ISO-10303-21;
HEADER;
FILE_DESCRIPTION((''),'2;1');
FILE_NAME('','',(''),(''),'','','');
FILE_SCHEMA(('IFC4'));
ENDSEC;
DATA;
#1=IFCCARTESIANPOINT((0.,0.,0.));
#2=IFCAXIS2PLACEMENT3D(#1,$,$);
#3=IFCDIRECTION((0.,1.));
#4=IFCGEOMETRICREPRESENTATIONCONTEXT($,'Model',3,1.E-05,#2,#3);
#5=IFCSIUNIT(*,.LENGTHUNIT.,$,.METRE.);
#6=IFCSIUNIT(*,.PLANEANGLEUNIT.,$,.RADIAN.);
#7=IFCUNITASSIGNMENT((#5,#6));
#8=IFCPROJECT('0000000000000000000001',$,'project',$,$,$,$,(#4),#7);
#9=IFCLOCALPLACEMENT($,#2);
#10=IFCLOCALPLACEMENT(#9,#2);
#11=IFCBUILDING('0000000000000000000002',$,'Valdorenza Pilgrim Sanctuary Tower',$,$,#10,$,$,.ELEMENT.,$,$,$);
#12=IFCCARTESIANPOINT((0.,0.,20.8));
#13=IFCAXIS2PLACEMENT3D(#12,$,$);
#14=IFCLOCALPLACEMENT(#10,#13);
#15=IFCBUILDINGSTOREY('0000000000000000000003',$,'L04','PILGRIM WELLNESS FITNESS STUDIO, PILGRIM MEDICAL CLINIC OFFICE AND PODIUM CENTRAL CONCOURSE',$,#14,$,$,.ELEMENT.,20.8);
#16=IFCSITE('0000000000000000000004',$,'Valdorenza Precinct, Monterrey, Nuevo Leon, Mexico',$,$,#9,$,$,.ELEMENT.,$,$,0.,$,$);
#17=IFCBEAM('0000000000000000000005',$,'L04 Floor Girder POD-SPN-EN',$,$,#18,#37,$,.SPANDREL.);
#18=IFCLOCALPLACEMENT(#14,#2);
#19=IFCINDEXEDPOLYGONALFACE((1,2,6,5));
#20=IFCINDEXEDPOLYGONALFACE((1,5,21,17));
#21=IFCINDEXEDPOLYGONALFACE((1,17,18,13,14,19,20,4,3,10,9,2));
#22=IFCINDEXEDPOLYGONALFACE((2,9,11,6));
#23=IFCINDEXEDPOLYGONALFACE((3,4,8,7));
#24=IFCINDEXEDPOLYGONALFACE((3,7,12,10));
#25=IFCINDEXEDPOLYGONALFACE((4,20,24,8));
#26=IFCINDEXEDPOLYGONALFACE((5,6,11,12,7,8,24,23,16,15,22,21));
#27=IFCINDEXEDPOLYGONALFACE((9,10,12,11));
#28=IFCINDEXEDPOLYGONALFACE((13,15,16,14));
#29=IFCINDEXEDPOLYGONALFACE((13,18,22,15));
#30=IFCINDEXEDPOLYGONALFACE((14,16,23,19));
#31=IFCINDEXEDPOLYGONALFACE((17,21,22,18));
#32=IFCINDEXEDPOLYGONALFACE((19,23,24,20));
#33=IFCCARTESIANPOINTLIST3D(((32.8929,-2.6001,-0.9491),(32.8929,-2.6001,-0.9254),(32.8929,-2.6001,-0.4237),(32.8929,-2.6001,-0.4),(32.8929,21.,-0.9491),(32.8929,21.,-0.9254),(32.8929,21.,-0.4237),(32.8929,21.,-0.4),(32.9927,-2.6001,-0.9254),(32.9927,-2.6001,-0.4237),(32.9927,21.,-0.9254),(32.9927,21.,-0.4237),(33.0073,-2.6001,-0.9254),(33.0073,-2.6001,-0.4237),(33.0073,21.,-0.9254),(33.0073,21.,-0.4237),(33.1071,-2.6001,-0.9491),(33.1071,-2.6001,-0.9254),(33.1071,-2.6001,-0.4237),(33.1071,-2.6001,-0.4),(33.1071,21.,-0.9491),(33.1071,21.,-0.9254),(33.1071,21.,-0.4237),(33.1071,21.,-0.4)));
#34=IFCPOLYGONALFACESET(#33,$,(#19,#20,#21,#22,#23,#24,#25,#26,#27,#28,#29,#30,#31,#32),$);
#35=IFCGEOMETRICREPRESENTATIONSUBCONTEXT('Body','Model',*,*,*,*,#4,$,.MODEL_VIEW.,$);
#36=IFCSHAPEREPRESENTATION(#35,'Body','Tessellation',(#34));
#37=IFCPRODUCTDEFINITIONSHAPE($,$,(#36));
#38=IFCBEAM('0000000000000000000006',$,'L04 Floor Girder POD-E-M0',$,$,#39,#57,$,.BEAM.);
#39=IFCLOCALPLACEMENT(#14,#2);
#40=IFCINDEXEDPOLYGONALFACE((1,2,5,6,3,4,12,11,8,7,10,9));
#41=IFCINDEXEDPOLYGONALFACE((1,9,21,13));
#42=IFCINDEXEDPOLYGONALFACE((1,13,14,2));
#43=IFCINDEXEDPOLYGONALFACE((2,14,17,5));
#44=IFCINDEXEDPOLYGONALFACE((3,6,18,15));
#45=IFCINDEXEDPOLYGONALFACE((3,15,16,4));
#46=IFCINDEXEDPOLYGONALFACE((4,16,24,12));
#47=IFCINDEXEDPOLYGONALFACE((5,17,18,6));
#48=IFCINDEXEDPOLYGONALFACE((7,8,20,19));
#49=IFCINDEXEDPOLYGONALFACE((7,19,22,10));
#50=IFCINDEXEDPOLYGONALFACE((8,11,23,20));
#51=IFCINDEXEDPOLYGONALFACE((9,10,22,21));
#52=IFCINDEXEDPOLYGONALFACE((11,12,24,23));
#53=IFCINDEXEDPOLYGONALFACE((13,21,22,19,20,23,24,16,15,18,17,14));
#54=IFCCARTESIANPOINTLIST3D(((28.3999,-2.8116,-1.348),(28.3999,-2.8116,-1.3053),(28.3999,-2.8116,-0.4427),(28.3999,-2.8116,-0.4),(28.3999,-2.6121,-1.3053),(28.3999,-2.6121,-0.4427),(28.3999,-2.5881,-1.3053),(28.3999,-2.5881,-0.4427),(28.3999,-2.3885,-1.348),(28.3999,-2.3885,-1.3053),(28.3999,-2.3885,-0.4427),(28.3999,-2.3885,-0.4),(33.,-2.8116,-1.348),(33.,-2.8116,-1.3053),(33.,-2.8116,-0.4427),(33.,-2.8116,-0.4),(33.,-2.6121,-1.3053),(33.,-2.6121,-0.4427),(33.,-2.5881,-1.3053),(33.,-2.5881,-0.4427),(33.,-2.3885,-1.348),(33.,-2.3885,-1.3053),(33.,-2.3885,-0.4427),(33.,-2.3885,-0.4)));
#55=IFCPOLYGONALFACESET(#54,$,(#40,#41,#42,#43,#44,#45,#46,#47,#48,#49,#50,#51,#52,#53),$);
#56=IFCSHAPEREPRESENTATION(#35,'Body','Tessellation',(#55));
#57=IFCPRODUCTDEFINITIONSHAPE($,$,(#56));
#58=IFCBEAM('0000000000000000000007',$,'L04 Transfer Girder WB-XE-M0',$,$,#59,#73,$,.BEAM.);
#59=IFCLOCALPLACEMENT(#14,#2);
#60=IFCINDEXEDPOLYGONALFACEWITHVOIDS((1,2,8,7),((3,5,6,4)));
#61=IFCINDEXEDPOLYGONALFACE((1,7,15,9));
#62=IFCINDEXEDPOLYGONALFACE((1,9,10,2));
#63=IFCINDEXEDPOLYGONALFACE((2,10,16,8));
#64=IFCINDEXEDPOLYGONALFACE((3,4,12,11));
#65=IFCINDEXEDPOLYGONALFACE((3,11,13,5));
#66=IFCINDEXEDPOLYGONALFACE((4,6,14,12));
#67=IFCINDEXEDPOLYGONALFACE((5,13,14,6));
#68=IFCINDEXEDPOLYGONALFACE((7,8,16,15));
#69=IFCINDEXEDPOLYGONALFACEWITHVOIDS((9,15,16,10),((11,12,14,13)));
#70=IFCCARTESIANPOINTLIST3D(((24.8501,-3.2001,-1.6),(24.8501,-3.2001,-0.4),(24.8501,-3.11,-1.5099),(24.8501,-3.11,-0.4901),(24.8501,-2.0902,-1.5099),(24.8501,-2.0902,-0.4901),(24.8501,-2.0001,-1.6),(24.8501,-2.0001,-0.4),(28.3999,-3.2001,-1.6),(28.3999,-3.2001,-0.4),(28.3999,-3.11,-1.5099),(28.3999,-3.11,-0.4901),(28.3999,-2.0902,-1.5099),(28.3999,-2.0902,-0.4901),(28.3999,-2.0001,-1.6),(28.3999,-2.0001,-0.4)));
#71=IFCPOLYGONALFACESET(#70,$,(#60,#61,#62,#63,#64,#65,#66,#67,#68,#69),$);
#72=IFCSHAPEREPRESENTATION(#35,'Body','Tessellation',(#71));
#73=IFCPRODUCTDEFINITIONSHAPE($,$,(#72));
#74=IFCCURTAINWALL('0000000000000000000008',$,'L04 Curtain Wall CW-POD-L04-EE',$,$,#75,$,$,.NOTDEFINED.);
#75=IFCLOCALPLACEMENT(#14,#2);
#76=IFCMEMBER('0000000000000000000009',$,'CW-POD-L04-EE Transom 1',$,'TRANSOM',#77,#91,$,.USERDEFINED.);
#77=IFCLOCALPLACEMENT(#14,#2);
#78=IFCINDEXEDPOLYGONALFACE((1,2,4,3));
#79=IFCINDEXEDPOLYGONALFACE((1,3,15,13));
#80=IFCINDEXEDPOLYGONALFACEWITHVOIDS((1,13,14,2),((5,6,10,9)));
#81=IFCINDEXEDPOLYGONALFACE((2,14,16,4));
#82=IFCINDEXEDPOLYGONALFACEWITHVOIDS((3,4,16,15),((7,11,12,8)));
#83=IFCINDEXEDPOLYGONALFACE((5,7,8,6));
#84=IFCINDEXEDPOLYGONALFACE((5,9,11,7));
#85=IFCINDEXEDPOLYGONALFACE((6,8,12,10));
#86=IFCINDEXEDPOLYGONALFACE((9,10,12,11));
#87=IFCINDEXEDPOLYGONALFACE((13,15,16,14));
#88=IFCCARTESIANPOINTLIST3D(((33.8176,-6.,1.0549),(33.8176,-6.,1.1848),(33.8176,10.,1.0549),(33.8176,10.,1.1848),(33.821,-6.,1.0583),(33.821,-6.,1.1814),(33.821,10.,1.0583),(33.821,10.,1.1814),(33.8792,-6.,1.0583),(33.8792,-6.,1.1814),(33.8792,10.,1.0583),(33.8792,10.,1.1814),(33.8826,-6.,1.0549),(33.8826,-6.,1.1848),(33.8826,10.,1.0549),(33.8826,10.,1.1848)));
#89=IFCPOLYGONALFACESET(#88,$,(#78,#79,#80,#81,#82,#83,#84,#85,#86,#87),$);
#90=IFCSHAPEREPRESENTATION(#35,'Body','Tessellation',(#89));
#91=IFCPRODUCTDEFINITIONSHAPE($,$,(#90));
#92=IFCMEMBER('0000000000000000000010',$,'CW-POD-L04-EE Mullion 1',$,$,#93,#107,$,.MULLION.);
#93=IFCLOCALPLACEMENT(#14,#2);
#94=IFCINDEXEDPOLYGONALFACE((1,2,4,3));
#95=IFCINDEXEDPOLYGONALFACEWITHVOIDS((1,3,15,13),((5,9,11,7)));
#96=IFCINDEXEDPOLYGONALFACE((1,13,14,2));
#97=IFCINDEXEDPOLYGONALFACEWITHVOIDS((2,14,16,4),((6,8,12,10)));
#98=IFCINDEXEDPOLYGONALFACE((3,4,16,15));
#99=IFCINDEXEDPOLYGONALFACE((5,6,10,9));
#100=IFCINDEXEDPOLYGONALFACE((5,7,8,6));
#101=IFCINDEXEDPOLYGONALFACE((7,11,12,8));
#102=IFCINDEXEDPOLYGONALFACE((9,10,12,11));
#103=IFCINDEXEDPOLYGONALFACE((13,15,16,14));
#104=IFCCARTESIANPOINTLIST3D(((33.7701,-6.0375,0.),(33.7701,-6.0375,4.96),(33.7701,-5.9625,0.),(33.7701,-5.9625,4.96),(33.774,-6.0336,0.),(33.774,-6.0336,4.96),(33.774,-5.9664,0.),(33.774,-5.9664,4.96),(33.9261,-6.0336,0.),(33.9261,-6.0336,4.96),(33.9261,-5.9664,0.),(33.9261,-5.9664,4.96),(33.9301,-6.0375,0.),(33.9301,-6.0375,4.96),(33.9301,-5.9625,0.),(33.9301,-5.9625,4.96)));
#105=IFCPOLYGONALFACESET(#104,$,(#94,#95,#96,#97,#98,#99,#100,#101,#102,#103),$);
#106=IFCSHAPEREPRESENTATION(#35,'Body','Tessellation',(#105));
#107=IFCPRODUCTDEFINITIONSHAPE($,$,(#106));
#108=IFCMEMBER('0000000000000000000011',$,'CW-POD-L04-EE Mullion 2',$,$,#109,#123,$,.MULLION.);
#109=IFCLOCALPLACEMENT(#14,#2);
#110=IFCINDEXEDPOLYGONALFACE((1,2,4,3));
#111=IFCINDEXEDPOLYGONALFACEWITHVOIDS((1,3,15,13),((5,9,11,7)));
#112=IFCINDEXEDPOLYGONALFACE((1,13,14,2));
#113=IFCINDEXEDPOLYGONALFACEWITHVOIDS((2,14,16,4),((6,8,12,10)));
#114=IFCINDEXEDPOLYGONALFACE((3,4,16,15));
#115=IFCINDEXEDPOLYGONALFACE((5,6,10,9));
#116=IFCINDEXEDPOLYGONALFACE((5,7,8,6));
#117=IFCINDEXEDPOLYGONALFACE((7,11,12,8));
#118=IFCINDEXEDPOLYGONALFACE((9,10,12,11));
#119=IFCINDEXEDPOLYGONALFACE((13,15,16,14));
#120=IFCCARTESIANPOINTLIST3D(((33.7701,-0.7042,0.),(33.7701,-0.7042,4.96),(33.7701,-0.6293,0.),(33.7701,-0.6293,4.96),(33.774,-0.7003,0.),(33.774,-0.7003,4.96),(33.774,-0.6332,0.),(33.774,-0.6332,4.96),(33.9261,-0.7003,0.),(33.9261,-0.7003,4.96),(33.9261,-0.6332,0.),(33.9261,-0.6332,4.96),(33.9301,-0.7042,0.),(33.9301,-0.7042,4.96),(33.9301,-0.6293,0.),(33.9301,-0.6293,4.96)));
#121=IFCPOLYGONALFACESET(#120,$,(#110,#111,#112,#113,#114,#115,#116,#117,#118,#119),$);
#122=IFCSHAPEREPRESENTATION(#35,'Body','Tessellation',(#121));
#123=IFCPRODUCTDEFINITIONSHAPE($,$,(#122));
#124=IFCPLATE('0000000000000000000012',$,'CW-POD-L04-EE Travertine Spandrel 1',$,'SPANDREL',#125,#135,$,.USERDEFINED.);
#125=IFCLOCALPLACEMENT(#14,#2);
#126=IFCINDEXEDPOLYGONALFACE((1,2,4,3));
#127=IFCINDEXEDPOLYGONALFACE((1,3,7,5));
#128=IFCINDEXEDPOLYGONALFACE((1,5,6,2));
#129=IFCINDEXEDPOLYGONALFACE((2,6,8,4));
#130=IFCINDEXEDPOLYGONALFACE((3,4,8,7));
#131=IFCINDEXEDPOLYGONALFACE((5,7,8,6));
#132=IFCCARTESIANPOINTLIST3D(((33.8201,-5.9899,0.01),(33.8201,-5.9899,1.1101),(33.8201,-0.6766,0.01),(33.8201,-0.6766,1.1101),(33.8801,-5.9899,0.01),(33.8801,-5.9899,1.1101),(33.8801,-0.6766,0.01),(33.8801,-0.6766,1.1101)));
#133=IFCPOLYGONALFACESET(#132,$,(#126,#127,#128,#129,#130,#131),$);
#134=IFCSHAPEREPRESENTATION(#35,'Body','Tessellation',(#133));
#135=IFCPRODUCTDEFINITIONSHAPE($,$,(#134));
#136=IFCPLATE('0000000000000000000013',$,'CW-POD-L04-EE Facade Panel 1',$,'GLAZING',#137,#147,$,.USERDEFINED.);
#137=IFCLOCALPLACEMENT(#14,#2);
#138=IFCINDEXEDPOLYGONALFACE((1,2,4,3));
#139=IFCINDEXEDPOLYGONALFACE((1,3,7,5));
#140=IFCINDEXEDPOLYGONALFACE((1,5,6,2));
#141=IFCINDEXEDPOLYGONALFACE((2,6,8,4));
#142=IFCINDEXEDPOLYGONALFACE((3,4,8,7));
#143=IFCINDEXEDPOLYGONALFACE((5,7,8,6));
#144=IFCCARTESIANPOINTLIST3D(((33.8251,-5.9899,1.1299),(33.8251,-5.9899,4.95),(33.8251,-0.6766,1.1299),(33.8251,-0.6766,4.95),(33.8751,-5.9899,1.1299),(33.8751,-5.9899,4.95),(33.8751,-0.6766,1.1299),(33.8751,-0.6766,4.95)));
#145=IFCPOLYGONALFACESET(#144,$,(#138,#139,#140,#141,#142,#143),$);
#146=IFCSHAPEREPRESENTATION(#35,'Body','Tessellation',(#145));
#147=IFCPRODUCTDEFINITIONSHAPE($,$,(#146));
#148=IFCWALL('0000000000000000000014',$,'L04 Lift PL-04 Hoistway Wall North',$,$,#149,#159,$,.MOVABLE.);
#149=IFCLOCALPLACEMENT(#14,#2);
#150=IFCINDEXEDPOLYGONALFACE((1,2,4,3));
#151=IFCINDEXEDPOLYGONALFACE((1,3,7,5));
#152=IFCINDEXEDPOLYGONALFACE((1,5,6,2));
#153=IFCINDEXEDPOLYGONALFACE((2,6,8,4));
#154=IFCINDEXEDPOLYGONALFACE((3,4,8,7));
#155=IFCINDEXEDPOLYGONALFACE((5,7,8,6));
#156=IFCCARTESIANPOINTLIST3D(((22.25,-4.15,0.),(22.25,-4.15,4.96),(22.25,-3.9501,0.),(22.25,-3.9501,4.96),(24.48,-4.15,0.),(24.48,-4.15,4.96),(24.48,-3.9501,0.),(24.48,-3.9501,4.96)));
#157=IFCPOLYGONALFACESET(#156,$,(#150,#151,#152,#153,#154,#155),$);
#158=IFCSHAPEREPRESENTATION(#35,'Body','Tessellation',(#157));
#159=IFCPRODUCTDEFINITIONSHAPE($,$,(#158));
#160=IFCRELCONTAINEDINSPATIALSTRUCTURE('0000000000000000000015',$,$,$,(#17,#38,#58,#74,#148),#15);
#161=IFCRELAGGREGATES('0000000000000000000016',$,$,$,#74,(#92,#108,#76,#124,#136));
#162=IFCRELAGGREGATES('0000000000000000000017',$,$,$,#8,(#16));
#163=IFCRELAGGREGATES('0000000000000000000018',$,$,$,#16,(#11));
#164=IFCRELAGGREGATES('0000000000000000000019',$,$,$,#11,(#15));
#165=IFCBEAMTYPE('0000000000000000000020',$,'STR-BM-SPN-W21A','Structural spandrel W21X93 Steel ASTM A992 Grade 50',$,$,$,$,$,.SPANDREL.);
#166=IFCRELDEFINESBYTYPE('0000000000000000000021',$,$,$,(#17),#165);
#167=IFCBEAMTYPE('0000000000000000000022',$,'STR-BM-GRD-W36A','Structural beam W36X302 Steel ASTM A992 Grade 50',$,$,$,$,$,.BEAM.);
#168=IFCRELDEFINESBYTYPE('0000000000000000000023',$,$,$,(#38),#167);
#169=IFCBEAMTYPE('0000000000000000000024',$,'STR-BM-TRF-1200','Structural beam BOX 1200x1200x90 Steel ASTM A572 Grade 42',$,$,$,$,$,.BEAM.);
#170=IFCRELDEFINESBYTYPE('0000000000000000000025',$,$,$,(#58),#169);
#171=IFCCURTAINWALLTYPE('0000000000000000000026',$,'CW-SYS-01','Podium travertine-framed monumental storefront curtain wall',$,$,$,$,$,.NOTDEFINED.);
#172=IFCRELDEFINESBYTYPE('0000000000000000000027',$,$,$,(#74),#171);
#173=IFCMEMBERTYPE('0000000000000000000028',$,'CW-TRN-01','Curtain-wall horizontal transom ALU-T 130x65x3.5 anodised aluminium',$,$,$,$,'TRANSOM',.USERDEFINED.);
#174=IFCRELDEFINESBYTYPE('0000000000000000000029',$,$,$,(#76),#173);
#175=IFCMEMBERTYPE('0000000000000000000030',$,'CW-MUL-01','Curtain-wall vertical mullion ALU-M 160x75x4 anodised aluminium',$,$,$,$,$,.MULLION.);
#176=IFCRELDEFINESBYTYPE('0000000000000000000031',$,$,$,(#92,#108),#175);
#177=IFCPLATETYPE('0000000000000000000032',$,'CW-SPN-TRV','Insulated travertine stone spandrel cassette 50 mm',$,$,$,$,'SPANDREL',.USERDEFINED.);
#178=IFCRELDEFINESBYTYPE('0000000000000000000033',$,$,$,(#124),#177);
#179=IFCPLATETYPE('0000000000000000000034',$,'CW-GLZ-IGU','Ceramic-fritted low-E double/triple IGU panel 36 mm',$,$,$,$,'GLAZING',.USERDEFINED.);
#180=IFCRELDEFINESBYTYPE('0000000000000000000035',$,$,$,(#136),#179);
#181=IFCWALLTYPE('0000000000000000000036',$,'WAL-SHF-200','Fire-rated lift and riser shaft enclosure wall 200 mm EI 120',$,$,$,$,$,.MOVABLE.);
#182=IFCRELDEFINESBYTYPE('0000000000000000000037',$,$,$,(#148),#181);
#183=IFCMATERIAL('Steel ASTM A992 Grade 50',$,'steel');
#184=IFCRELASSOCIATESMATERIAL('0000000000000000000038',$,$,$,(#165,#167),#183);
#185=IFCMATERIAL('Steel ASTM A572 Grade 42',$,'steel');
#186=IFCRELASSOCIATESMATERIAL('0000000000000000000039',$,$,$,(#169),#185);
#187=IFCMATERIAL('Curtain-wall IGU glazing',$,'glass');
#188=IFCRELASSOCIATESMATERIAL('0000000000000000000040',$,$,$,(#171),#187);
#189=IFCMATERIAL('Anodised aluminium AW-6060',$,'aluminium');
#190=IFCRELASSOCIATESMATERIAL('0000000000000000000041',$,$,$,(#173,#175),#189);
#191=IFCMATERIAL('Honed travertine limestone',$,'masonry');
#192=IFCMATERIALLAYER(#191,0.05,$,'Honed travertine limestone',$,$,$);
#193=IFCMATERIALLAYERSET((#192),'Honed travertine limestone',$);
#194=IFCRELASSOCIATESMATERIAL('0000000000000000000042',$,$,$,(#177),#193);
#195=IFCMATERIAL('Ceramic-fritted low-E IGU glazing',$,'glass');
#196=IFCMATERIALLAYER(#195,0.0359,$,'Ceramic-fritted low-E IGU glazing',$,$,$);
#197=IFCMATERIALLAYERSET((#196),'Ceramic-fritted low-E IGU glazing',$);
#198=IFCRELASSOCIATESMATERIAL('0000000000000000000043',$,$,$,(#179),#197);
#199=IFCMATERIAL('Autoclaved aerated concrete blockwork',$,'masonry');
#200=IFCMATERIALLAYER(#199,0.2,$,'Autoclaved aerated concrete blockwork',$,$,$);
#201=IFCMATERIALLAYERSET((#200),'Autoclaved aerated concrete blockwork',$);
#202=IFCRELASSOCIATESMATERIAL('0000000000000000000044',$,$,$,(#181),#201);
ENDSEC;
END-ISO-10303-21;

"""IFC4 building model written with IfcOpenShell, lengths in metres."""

from ifc_helpers import new_model, si_unit, direction, frame, frame_2d, origin, origin_2d, place, context, subcontext, project, spatial, rectangle, hollow_rectangle, i_section, extrude, source, transform, mapped, material, layer, layer_set, material_profile, profile_set, type_object, element, aggregate, save


model = new_model("IFC4")

# Units and contexts
model_context = context("Model", 3, precision=1e-05, world=origin(), true_north=direction((0.0, 1.0)))
body_context = subcontext(model_context, "Body", "Model", "MODEL_VIEW")
ifc_project = project(units=[si_unit("LENGTHUNIT", "METRE"), si_unit("PLANEANGLEUNIT", "RADIAN")], contexts=[model_context])

# Site, building, storey
site_placement = place(None, origin())
site = spatial("IfcSite", under=ifc_project, at=site_placement, Name="Valdorenza Precinct, Monterrey, Nuevo Leon, Mexico", CompositionType="ELEMENT", RefElevation=0.0)
building_placement = place(site_placement, origin())
building = spatial("IfcBuilding", under=site, at=building_placement, Name="Valdorenza Pilgrim Sanctuary Tower", CompositionType="ELEMENT")
storey_placement = place(building_placement, frame((0.0, 0.0, 20.8)))
storey = spatial("IfcBuildingStorey", under=building, at=storey_placement, Name="L04", Description="PILGRIM WELLNESS FITNESS STUDIO, PILGRIM MEDICAL CLINIC OFFICE AND PODIUM CENTRAL CONCOURSE", CompositionType="ELEMENT", Elevation=20.8)

# Beams
ifc_material_1 = material(Name="Steel ASTM A992 Grade 50", Category="steel")
ifc_material_profile_1 = material_profile(ifc_material_1, i_section(OverallWidth=0.2141, OverallDepth=0.5491, WebThickness=0.0146, FlangeThickness=0.0237, at=origin_2d()), Name="W21X93")
ifc_profile_set_1 = profile_set([ifc_material_profile_1], Name="Steel ASTM A992 Grade 50")
beam_type_1 = type_object("IfcBeamType", Name="STR-BM-SPN-W21A", Description="Structural spandrel W21X93 Steel ASTM A992 Grade 50", PredefinedType="SPANDREL", material=ifc_profile_set_1)
shared_shape_1 = source(origin(), body_context, "Body", "SweptSolid", [
    extrude(i_section(OverallWidth=0.2141, OverallDepth=0.5491, WebThickness=0.0146, FlangeThickness=0.0237, at=origin_2d()), origin(), (0.0, 0.0, 1.0), 23.6001),
])
beam_1_placement = place(storey_placement, frame((33.0, -2.6001, -0.6746), z_axis=(0.0, 1.0, 0.0), x_axis=(-1.0, 0.0, 0.0)))
element("IfcBeam", 1, at=beam_1_placement, inside=storey, type_object=beam_type_1, Name="L04 Floor Girder POD-SPN-EN", PredefinedType="SPANDREL", context=body_context, shape_type="MappedRepresentation", body=[
    mapped(shared_shape_1, transform((0.0, 0.0, 0.0), x_axis=(1.0, 0.0, 0.0), y_axis=(0.0, 1.0, 0.0), z_axis=(0.0, 0.0, 1.0), scale=1.0)),
])
ifc_material_profile_2 = material_profile(ifc_material_1, i_section(OverallWidth=0.4231, OverallDepth=0.948, WebThickness=0.0239, FlangeThickness=0.0427, at=origin_2d()), Name="W36X302")
ifc_profile_set_2 = profile_set([ifc_material_profile_2], Name="Steel ASTM A992 Grade 50")
beam_type_2 = type_object("IfcBeamType", Name="STR-BM-GRD-W36A", Description="Structural beam W36X302 Steel ASTM A992 Grade 50", PredefinedType="BEAM", material=ifc_profile_set_2)
shared_shape_2 = source(origin(), body_context, "Body", "SweptSolid", [
    extrude(i_section(OverallWidth=0.4231, OverallDepth=0.948, WebThickness=0.0239, FlangeThickness=0.0427, at=origin_2d()), origin(), (0.0, 0.0, 1.0), 4.6001),
])
beam_2_placement = place(storey_placement, frame((28.3999, -2.6001, -0.874), z_axis=(1.0, 0.0, 0.0), x_axis=(0.0, 1.0, 0.0)))
element("IfcBeam", 2, at=beam_2_placement, inside=storey, type_object=beam_type_2, Name="L04 Floor Girder POD-E-M0", PredefinedType="BEAM", context=body_context, shape_type="MappedRepresentation", body=[
    mapped(shared_shape_2, transform((0.0, 0.0, 0.0), x_axis=(1.0, 0.0, 0.0), y_axis=(0.0, 1.0, 0.0), z_axis=(0.0, 0.0, 1.0), scale=1.0)),
])
ifc_material_2 = material(Name="Steel ASTM A572 Grade 42", Category="steel")
ifc_material_profile_3 = material_profile(ifc_material_2, hollow_rectangle(XDim=1.2, YDim=1.2, WallThickness=0.0901, at=origin_2d()), Name="BOX 1200x1200x90")
ifc_profile_set_3 = profile_set([ifc_material_profile_3], Name="Steel ASTM A572 Grade 42")
beam_type_3 = type_object("IfcBeamType", Name="STR-BM-TRF-1200", Description="Structural beam BOX 1200x1200x90 Steel ASTM A572 Grade 42", PredefinedType="BEAM", material=ifc_profile_set_3)
shared_shape_3 = source(origin(), body_context, "Body", "SweptSolid", [
    extrude(hollow_rectangle(XDim=1.2, YDim=1.2, WallThickness=0.0901, at=origin_2d()), origin(), (0.0, 0.0, 1.0), 3.5498),
])
beam_3_placement = place(storey_placement, frame((24.8501, -2.6001, -1.0), z_axis=(1.0, 0.0, 0.0), x_axis=(0.0, 1.0, 0.0)))
element("IfcBeam", 3, at=beam_3_placement, inside=storey, type_object=beam_type_3, Name="L04 Transfer Girder WB-XE-M0", PredefinedType="BEAM", context=body_context, shape_type="MappedRepresentation", body=[
    mapped(shared_shape_3, transform((0.0, 0.0, 0.0), x_axis=(1.0, 0.0, 0.0), y_axis=(0.0, 1.0, 0.0), z_axis=(0.0, 0.0, 1.0), scale=1.0)),
])

# Curtain wall, members, plates
ifc_material_3 = material(Name="Curtain-wall IGU glazing", Category="glass")
curtain_wall_type = type_object("IfcCurtainWallType", Name="CW-SYS-01", Description="Podium travertine-framed monumental storefront curtain wall", PredefinedType="NOTDEFINED", material=ifc_material_3)
curtain_wall_placement = place(storey_placement, origin())
curtain_wall = element("IfcCurtainWall", 4, at=curtain_wall_placement, inside=storey, type_object=curtain_wall_type, Name="L04 Curtain Wall CW-POD-L04-EE", PredefinedType="NOTDEFINED")
ifc_material_4 = material(Name="Anodised aluminium AW-6060", Category="aluminium")
ifc_material_profile_4 = material_profile(ifc_material_4, hollow_rectangle(XDim=0.0649, YDim=0.1299, WallThickness=0.0034, at=origin_2d()), Name="ALU-T 130x65x3.5")
ifc_profile_set_4 = profile_set([ifc_material_profile_4], Name="Anodised aluminium AW-6060")
member_type_1 = type_object("IfcMemberType", Name="CW-TRN-01", Description="Curtain-wall horizontal transom ALU-T 130x65x3.5 anodised aluminium", ElementType="TRANSOM", PredefinedType="USERDEFINED", material=ifc_profile_set_4)
shared_shape_4 = source(origin(), body_context, "Body", "SweptSolid", [
    extrude(hollow_rectangle(XDim=0.0649, YDim=0.1299, WallThickness=0.0034, at=origin_2d()), origin(), (0.0, 0.0, 1.0), 16.0),
])
member_1_placement = place(storey_placement, frame((33.8501, -6.0, 1.1199), z_axis=(0.0, 1.0, 0.0), x_axis=(-1.0, 0.0, 0.0)))
member_1 = element("IfcMember", 5, at=member_1_placement, type_object=member_type_1, Name="CW-POD-L04-EE Transom 1", ObjectType="TRANSOM", PredefinedType="USERDEFINED", context=body_context, shape_type="MappedRepresentation", body=[
    mapped(shared_shape_4, transform((0.0, 0.0, 0.0), x_axis=(1.0, 0.0, 0.0), y_axis=(0.0, 1.0, 0.0), z_axis=(0.0, 0.0, 1.0), scale=1.0)),
])
ifc_material_profile_5 = material_profile(ifc_material_4, hollow_rectangle(XDim=0.075, YDim=0.1599, WallThickness=0.0039, at=origin_2d()), Name="ALU-M 160x75x4")
ifc_profile_set_5 = profile_set([ifc_material_profile_5], Name="Anodised aluminium AW-6060")
member_type_2 = type_object("IfcMemberType", Name="CW-MUL-01", Description="Curtain-wall vertical mullion ALU-M 160x75x4 anodised aluminium", PredefinedType="MULLION", material=ifc_profile_set_5)
shared_shape_5 = source(origin(), body_context, "Body", "SweptSolid", [
    extrude(hollow_rectangle(XDim=0.075, YDim=0.1599, WallThickness=0.0039, at=origin_2d()), origin(), (0.0, 0.0, 1.0), 4.96),
])
member_2_placement = place(storey_placement, frame((33.8501, -6.0, 0.0), z_axis=(0.0, 0.0, 1.0), x_axis=(0.0, 1.0, 0.0)))
member_2 = element("IfcMember", 6, at=member_2_placement, type_object=member_type_2, Name="CW-POD-L04-EE Mullion 1", PredefinedType="MULLION", context=body_context, shape_type="MappedRepresentation", body=[
    mapped(shared_shape_5, transform((0.0, 0.0, 0.0), x_axis=(1.0, 0.0, 0.0), y_axis=(0.0, 1.0, 0.0), z_axis=(0.0, 0.0, 1.0), scale=1.0)),
])
member_3_placement = place(storey_placement, frame((33.8501, -0.6667, 0.0), z_axis=(0.0, 0.0, 1.0), x_axis=(0.0, 1.0, 0.0)))
member_3 = element("IfcMember", 7, at=member_3_placement, type_object=member_type_2, Name="CW-POD-L04-EE Mullion 2", PredefinedType="MULLION", context=body_context, shape_type="MappedRepresentation", body=[
    mapped(shared_shape_5, transform((0.0, 0.0, 0.0), x_axis=(1.0, 0.0, 0.0), y_axis=(0.0, 1.0, 0.0), z_axis=(0.0, 0.0, 1.0), scale=1.0)),
])
ifc_material_5 = material(Name="Honed travertine limestone", Category="masonry")
ifc_layer_1 = layer(ifc_material_5, 0.05, Name="Honed travertine limestone")
ifc_layer_set_1 = layer_set([ifc_layer_1], Name="Honed travertine limestone")
plate_type_1 = type_object("IfcPlateType", Name="CW-SPN-TRV", Description="Insulated travertine stone spandrel cassette 50 mm", ElementType="SPANDREL", PredefinedType="USERDEFINED", material=ifc_layer_set_1)
shared_shape_6 = source(origin(), body_context, "Body", "SweptSolid", [
    extrude(rectangle(XDim=5.3132, YDim=0.0601, at=origin_2d()), origin(), (0.0, 0.0, 1.0), 1.1001),
])
plate_1_placement = place(storey_placement, frame((33.8501, -3.3333, 0.01), z_axis=(0.0, 0.0, 1.0), x_axis=(0.0, 1.0, 0.0)))
plate_1 = element("IfcPlate", 8, at=plate_1_placement, type_object=plate_type_1, Name="CW-POD-L04-EE Travertine Spandrel 1", ObjectType="SPANDREL", PredefinedType="USERDEFINED", context=body_context, shape_type="MappedRepresentation", body=[
    mapped(shared_shape_6, transform((0.0, 0.0, 0.0), x_axis=(1.0, 0.0, 0.0), y_axis=(0.0, 1.0, 0.0), z_axis=(0.0, 0.0, 1.0), scale=1.0)),
])
ifc_material_6 = material(Name="Ceramic-fritted low-E IGU glazing", Category="glass")
ifc_layer_2 = layer(ifc_material_6, 0.0359, Name="Ceramic-fritted low-E IGU glazing")
ifc_layer_set_2 = layer_set([ifc_layer_2], Name="Ceramic-fritted low-E IGU glazing")
plate_type_2 = type_object("IfcPlateType", Name="CW-GLZ-IGU", Description="Ceramic-fritted low-E double/triple IGU panel 36 mm", ElementType="GLAZING", PredefinedType="USERDEFINED", material=ifc_layer_set_2)
shared_shape_7 = source(origin(), body_context, "Body", "SweptSolid", [
    extrude(rectangle(XDim=5.3132, YDim=0.05, at=origin_2d()), origin(), (0.0, 0.0, 1.0), 3.8201),
])
plate_2_placement = place(storey_placement, frame((33.8501, -3.3333, 1.1299), z_axis=(0.0, 0.0, 1.0), x_axis=(0.0, 1.0, 0.0)))
plate_2 = element("IfcPlate", 9, at=plate_2_placement, type_object=plate_type_2, Name="CW-POD-L04-EE Facade Panel 1", ObjectType="GLAZING", PredefinedType="USERDEFINED", context=body_context, shape_type="MappedRepresentation", body=[
    mapped(shared_shape_7, transform((0.0, 0.0, 0.0), x_axis=(1.0, 0.0, 0.0), y_axis=(0.0, 1.0, 0.0), z_axis=(0.0, 0.0, 1.0), scale=1.0)),
])
aggregate(curtain_wall, [member_2, member_3, member_1, plate_1, plate_2])

# Wall
ifc_material_7 = material(Name="Autoclaved aerated concrete blockwork", Category="masonry")
ifc_layer_3 = layer(ifc_material_7, 0.2, Name="Autoclaved aerated concrete blockwork")
ifc_layer_set_3 = layer_set([ifc_layer_3], Name="Autoclaved aerated concrete blockwork")
wall_type_1 = type_object("IfcWallType", Name="WAL-SHF-200", Description="Fire-rated lift and riser shaft enclosure wall 200 mm EI 120", PredefinedType="MOVABLE", material=ifc_layer_set_3)
wall_1_placement = place(storey_placement, frame((22.25, -4.05, 0.0), z_axis=(0.0, 0.0, 1.0), x_axis=(1.0, 0.0, 0.0)))
element("IfcWall", 10, at=wall_1_placement, inside=storey, type_object=wall_type_1, Name="L04 Lift PL-04 Hoistway Wall North", PredefinedType="MOVABLE", context=body_context, shape_type="SweptSolid", body=[
    extrude(rectangle(XDim=2.23, YDim=0.2, at=frame_2d((1.115, 0.0))), origin(), (0.0, 0.0, 1.0), 4.96),
])

save(model, "model.ifc")
